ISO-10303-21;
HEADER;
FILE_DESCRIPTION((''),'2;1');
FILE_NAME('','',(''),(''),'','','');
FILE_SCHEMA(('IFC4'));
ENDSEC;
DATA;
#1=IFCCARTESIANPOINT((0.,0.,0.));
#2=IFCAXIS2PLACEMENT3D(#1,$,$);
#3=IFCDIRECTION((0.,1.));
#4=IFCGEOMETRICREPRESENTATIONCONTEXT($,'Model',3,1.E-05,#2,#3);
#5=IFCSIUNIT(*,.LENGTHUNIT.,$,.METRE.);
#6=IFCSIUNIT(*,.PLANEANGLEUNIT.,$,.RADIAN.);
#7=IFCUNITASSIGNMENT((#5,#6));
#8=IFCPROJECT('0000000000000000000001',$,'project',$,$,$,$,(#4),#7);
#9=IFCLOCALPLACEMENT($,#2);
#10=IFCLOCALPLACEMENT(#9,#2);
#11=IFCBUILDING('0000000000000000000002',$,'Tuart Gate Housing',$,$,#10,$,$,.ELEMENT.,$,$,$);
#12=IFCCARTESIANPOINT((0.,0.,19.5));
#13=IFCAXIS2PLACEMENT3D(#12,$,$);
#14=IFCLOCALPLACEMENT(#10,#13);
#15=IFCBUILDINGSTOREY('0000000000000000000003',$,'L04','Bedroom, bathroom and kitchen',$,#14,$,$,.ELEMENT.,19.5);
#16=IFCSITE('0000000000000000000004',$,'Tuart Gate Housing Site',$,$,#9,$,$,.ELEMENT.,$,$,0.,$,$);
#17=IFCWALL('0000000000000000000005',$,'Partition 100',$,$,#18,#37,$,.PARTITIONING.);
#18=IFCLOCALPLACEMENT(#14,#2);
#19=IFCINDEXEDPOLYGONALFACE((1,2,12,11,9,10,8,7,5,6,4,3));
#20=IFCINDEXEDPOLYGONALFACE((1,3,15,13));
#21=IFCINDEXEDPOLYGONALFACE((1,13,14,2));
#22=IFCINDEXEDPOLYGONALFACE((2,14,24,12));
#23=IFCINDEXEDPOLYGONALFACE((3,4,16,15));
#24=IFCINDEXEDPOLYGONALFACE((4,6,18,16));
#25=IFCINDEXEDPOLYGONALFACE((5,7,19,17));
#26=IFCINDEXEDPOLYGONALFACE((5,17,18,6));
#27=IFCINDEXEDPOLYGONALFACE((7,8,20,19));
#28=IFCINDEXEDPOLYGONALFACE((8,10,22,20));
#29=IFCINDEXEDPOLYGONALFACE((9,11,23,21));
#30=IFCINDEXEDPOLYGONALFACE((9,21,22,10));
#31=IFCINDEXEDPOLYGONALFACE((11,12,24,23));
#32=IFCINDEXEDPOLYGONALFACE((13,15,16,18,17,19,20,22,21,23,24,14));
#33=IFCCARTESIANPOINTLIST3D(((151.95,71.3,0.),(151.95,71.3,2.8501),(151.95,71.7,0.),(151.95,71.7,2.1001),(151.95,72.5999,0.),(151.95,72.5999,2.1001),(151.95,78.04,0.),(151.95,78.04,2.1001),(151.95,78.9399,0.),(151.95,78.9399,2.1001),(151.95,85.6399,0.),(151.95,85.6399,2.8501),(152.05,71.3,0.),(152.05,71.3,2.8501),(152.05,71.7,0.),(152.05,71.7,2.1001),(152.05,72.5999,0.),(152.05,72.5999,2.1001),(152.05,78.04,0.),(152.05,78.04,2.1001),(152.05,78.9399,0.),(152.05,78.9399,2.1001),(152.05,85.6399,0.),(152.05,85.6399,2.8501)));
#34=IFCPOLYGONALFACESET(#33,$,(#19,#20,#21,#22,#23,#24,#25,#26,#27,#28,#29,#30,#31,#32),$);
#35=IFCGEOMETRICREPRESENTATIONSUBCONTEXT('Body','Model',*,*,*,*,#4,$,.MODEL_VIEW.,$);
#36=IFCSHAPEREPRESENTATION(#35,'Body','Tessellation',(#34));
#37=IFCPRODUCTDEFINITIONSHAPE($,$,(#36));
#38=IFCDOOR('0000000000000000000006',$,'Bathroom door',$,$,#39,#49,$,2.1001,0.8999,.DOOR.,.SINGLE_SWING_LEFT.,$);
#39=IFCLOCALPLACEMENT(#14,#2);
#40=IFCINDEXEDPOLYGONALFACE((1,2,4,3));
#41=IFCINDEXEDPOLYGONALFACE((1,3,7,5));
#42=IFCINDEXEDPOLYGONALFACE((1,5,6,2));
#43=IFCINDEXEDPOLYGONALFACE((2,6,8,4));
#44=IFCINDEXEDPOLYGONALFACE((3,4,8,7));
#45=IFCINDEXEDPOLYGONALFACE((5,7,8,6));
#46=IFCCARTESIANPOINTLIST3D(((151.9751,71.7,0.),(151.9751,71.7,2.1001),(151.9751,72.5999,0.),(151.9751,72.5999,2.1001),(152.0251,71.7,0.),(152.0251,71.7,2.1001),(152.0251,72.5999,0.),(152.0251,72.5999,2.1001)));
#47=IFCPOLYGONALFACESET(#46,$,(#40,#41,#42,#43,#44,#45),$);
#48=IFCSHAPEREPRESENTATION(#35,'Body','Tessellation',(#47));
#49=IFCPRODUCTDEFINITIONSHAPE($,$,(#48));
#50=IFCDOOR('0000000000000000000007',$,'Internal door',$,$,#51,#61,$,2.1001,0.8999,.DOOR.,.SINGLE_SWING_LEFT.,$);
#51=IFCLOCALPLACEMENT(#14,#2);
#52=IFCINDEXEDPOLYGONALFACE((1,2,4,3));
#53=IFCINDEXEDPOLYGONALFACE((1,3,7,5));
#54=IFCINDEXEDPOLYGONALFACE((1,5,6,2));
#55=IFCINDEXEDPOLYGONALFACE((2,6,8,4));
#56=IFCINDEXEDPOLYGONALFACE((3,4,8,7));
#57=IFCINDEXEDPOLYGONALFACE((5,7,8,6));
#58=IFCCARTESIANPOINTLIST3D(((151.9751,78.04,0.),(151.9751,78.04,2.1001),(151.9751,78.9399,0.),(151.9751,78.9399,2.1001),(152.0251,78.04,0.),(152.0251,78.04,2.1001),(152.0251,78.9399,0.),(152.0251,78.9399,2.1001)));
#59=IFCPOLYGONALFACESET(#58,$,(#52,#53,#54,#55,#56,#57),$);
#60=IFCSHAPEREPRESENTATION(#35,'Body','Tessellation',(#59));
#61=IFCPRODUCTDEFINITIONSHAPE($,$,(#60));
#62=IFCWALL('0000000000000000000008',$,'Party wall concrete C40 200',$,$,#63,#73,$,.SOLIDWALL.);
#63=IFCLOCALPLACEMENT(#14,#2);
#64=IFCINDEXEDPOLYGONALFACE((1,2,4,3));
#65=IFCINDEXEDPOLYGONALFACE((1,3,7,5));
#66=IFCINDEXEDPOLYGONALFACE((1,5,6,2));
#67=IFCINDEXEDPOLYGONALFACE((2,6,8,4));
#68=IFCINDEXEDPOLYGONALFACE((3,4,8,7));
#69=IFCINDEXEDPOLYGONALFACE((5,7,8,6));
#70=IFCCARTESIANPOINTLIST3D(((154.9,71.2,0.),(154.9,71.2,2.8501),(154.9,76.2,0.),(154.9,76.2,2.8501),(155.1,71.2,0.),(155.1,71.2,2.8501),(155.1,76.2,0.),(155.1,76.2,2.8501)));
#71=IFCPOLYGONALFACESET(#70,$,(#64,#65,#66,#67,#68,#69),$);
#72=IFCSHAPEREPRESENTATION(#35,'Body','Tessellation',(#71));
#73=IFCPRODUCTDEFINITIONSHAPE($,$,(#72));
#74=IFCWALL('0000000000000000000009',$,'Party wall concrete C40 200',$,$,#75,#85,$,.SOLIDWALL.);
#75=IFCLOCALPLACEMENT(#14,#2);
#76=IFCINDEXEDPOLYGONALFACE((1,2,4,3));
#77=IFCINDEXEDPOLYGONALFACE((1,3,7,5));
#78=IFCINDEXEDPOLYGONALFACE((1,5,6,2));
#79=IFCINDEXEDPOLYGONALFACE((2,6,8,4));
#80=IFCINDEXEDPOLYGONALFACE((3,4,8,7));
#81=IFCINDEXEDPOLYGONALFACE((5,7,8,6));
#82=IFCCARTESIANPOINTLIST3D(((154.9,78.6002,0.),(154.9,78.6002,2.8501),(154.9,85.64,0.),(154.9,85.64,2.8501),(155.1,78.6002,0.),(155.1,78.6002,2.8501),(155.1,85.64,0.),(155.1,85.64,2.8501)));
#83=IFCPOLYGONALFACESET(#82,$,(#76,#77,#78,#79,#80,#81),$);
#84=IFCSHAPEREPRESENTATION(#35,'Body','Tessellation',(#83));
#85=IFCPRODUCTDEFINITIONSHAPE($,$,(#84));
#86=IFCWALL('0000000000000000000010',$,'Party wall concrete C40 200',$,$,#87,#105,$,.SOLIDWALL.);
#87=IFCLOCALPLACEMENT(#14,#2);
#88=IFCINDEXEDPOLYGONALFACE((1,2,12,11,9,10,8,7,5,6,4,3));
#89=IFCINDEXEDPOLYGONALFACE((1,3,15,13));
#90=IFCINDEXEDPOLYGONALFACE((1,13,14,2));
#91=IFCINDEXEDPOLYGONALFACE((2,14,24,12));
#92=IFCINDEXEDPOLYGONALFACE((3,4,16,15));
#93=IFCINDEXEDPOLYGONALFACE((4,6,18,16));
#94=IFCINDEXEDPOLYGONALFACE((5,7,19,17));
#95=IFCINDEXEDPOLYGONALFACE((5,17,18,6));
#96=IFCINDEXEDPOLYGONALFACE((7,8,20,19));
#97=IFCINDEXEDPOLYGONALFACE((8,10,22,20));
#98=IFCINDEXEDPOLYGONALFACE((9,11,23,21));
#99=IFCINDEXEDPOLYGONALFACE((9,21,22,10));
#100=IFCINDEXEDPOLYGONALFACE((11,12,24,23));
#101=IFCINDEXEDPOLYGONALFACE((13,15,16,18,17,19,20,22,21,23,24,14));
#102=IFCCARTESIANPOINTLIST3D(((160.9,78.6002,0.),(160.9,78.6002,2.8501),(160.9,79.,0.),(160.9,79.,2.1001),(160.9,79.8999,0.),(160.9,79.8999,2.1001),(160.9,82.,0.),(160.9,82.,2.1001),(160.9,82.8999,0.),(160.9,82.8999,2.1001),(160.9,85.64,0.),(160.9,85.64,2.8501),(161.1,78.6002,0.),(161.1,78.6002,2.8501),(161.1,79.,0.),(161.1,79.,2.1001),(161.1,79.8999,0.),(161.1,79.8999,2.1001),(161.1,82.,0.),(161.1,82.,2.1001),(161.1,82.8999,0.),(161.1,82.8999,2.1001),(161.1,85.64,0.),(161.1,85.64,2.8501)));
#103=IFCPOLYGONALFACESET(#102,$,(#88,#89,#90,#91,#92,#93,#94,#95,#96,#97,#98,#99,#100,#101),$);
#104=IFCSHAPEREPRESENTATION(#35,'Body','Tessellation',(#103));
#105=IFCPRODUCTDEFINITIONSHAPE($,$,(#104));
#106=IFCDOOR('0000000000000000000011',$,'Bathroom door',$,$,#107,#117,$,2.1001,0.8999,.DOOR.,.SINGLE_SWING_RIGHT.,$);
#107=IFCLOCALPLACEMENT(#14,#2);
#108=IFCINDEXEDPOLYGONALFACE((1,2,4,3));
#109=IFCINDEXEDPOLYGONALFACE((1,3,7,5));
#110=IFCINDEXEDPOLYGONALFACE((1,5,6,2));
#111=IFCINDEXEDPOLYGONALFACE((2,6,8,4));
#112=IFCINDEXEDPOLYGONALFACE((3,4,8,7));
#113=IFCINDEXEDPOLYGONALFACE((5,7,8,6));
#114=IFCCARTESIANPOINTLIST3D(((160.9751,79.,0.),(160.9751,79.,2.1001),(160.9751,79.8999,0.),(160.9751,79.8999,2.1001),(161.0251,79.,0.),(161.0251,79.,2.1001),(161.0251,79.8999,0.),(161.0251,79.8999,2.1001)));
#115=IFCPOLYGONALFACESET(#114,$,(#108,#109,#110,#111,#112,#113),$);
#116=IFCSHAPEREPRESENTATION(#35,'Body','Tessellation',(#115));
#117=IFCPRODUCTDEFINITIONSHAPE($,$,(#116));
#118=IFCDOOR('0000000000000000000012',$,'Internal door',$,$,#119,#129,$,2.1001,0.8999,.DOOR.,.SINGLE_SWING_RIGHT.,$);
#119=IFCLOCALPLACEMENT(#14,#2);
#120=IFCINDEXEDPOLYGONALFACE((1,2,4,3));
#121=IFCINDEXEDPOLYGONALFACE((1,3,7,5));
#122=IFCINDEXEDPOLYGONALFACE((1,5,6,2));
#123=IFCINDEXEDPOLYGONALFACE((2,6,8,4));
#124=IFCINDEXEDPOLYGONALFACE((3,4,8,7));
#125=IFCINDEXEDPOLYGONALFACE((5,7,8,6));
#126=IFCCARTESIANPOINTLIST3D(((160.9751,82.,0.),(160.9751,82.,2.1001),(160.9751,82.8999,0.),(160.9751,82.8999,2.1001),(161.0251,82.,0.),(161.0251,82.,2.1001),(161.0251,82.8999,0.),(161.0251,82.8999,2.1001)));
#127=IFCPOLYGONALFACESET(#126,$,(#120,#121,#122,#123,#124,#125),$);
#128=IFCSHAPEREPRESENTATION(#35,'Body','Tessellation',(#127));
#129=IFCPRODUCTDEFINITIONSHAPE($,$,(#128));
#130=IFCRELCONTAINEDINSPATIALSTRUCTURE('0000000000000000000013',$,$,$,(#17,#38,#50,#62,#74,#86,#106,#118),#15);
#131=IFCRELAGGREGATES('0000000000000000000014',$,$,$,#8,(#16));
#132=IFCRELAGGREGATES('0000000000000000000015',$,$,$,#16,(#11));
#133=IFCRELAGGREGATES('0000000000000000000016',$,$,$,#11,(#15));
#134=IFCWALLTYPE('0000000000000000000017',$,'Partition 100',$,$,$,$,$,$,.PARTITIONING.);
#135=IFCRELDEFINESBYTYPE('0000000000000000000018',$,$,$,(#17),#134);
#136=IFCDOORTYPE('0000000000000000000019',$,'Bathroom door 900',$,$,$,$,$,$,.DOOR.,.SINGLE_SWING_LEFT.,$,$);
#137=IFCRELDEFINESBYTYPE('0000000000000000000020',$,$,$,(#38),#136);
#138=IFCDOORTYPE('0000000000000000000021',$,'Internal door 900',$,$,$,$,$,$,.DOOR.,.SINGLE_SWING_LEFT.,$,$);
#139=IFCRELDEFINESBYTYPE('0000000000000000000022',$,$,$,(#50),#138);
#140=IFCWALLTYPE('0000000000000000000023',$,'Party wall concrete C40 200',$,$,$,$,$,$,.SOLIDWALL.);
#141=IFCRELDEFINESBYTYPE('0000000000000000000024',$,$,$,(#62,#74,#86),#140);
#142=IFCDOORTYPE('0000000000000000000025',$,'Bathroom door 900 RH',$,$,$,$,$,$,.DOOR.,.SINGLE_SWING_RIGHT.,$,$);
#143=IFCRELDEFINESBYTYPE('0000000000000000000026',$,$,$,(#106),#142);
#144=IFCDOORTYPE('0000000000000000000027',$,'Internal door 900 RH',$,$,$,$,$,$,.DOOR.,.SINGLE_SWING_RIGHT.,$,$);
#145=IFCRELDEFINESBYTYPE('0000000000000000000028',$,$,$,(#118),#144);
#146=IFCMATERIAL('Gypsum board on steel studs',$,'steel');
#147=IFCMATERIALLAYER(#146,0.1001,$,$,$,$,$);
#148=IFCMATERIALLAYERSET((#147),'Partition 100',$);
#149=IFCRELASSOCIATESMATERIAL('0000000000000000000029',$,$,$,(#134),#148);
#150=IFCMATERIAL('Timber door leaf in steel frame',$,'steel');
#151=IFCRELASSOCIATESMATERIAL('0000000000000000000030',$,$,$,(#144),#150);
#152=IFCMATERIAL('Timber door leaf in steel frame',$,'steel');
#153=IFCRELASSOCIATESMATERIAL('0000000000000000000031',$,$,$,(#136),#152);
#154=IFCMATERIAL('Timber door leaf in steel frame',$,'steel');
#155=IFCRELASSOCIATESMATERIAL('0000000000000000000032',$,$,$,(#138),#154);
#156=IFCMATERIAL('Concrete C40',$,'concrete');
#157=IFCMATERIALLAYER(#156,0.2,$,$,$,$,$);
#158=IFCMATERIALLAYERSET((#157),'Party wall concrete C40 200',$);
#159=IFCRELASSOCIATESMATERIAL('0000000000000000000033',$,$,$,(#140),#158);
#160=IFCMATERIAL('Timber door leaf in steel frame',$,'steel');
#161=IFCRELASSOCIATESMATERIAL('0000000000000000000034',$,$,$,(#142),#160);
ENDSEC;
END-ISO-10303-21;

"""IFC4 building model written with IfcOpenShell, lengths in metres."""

from ifc_helpers import new_model, si_unit, direction, frame, frame_2d, origin, place, context, subcontext, project, spatial, rectangle, extrude, material, layer, layer_set, type_object, element, fill, save


model = new_model("IFC4")

# Units and contexts
model_context = context("Model", 3, precision=1e-05, world=origin(), true_north=direction((0.0, 1.0)))
body_context = subcontext(model_context, "Body", "Model", "MODEL_VIEW")
ifc_project = project(units=[si_unit("LENGTHUNIT", "METRE"), si_unit("PLANEANGLEUNIT", "RADIAN")], contexts=[model_context])

# Site, building, storey
site_placement = place(None, origin())
site = spatial("IfcSite", under=ifc_project, at=site_placement, Name="Tuart Gate Housing Site", CompositionType="ELEMENT", RefElevation=0.0)
building_placement = place(site_placement, origin())
building = spatial("IfcBuilding", under=site, at=building_placement, Name="Tuart Gate Housing", CompositionType="ELEMENT")
storey_placement = place(building_placement, frame((0.0, 0.0, 19.5)))
storey = spatial("IfcBuildingStorey", under=building, at=storey_placement, Name="L04", Description="Bedroom, bathroom and kitchen", CompositionType="ELEMENT", Elevation=19.5)

# Shared definitions
ifc_material_1 = material(Name="Gypsum board on steel studs", Category="steel")
ifc_layer_1 = layer(ifc_material_1, 0.1001)
ifc_layer_set_1 = layer_set([ifc_layer_1], Name="Partition 100")
wall_type_1 = type_object("IfcWallType", Name="Partition 100", PredefinedType="PARTITIONING", material=ifc_layer_set_1)

# Shared definitions
ifc_material_2 = material(Name="Timber door leaf in steel frame", Category="steel")
door_type_1 = type_object("IfcDoorType", Name="Internal door 900 RH", OperationType="SINGLE_SWING_RIGHT", PredefinedType="DOOR", material=ifc_material_2)

# Wall, openings, doors
wall_1_placement = place(storey_placement, frame((152.0, 71.3, 0.0), z_axis=(0.0, 0.0, 1.0), x_axis=(0.0, 1.0, 0.0)))
wall_1 = element("IfcWall", 1, at=wall_1_placement, inside=storey, type_object=wall_type_1, Name="Partition 100", PredefinedType="PARTITIONING", context=body_context, shape_type="SweptSolid", body=[
    extrude(rectangle(XDim=14.3398, YDim=0.1001, at=frame_2d((7.1699, 0.0))), origin(), (0.0, 0.0, 1.0), 2.8501),
])
opening_1_placement = place(wall_1_placement, frame((6.74, 0.0, 0.0)))
opening_1 = element("IfcOpeningElement", 2, at=opening_1_placement, cuts=wall_1, PredefinedType="OPENING", context=body_context, shape_type="SweptSolid", body=[
    extrude(rectangle(XDim=0.8999, YDim=2.1001, at=frame_2d((0.45, 1.05))), frame((0.0, 0.0601, 0.0), z_axis=(0.0, -1.0, 0.0), x_axis=(1.0, 0.0, 0.0)), (0.0, 0.0, 1.0), 0.1201),
])
opening_2_placement = place(wall_1_placement, frame((0.3999, 0.0, 0.0)))
opening_2 = element("IfcOpeningElement", 3, at=opening_2_placement, cuts=wall_1, PredefinedType="OPENING", context=body_context, shape_type="SweptSolid", body=[
    extrude(rectangle(XDim=0.8999, YDim=2.1001, at=frame_2d((0.45, 1.05))), frame((0.0, 0.0601, 0.0), z_axis=(0.0, -1.0, 0.0), x_axis=(1.0, 0.0, 0.0)), (0.0, 0.0, 1.0), 0.1201),
])
ifc_material_3 = material(Name="Timber door leaf in steel frame", Category="steel")
door_type_2 = type_object("IfcDoorType", Name="Bathroom door 900", OperationType="SINGLE_SWING_LEFT", PredefinedType="DOOR", material=ifc_material_3)
door_1_placement = place(opening_2_placement, origin())
door_1 = element("IfcDoor", 4, at=door_1_placement, inside=storey, type_object=door_type_2, Name="Bathroom door", OperationType="SINGLE_SWING_LEFT", OverallHeight=2.1001, OverallWidth=0.8999, PredefinedType="DOOR", context=body_context, shape_type="SweptSolid", body=[
    extrude(rectangle(XDim=0.8999, YDim=2.1001, at=frame_2d((0.45, 1.05))), frame((0.0, 0.0249, 0.0), z_axis=(0.0, -1.0, 0.0), x_axis=(1.0, 0.0, 0.0)), (0.0, 0.0, 1.0), 0.05),
])
fill(opening_2, door_1)
ifc_material_4 = material(Name="Timber door leaf in steel frame", Category="steel")
door_type_3 = type_object("IfcDoorType", Name="Internal door 900", OperationType="SINGLE_SWING_LEFT", PredefinedType="DOOR", material=ifc_material_4)
door_2_placement = place(opening_1_placement, origin())
door_2 = element("IfcDoor", 5, at=door_2_placement, inside=storey, type_object=door_type_3, Name="Internal door", OperationType="SINGLE_SWING_LEFT", OverallHeight=2.1001, OverallWidth=0.8999, PredefinedType="DOOR", context=body_context, shape_type="SweptSolid", body=[
    extrude(rectangle(XDim=0.8999, YDim=2.1001, at=frame_2d((0.45, 1.05))), frame((0.0, 0.0249, 0.0), z_axis=(0.0, -1.0, 0.0), x_axis=(1.0, 0.0, 0.0)), (0.0, 0.0, 1.0), 0.05),
])
fill(opening_1, door_2)

# Walls
ifc_material_5 = material(Name="Concrete C40", Category="concrete")
ifc_layer_2 = layer(ifc_material_5, 0.2)
ifc_layer_set_2 = layer_set([ifc_layer_2], Name="Party wall concrete C40 200")
wall_type_2 = type_object("IfcWallType", Name="Party wall concrete C40 200", PredefinedType="SOLIDWALL", material=ifc_layer_set_2)
wall_2_placement = place(storey_placement, frame((155.0, 71.2, 0.0), z_axis=(0.0, 0.0, 1.0), x_axis=(0.0, 1.0, 0.0)))
element("IfcWall", 6, at=wall_2_placement, inside=storey, type_object=wall_type_2, Name="Party wall concrete C40 200", PredefinedType="SOLIDWALL", context=body_context, shape_type="SweptSolid", body=[
    extrude(rectangle(XDim=5.0, YDim=0.2, at=frame_2d((2.5, 0.0))), origin(), (0.0, 0.0, 1.0), 2.8501),
])
wall_3_placement = place(storey_placement, frame((155.0, 78.6001, 0.0), z_axis=(0.0, 0.0, 1.0), x_axis=(0.0, 1.0, 0.0)))
element("IfcWall", 7, at=wall_3_placement, inside=storey, type_object=wall_type_2, Name="Party wall concrete C40 200", PredefinedType="SOLIDWALL", context=body_context, shape_type="SweptSolid", body=[
    extrude(rectangle(XDim=7.0398, YDim=0.2, at=frame_2d((3.52, 0.0))), origin(), (0.0, 0.0, 1.0), 2.8501),
])

# Wall, openings, doors
wall_4_placement = place(storey_placement, frame((161.0, 78.6001, 0.0), z_axis=(0.0, 0.0, 1.0), x_axis=(0.0, 1.0, 0.0)))
wall_4 = element("IfcWall", 8, at=wall_4_placement, inside=storey, type_object=wall_type_2, Name="Party wall concrete C40 200", PredefinedType="SOLIDWALL", context=body_context, shape_type="SweptSolid", body=[
    extrude(rectangle(XDim=7.0398, YDim=0.2, at=frame_2d((3.52, 0.0))), origin(), (0.0, 0.0, 1.0), 2.8501),
])
opening_3_placement = place(wall_4_placement, frame((3.3999, 0.0, 0.0)))
opening_3 = element("IfcOpeningElement", 9, at=opening_3_placement, cuts=wall_4, PredefinedType="OPENING", context=body_context, shape_type="SweptSolid", body=[
    extrude(rectangle(XDim=0.8999, YDim=2.1001, at=frame_2d((0.45, 1.05))), frame((0.0, 0.1099, 0.0), z_axis=(0.0, -1.0, 0.0), x_axis=(1.0, 0.0, 0.0)), (0.0, 0.0, 1.0), 0.22),
])
opening_4_placement = place(wall_4_placement, frame((0.3999, 0.0, 0.0)))
opening_4 = element("IfcOpeningElement", 10, at=opening_4_placement, cuts=wall_4, PredefinedType="OPENING", context=body_context, shape_type="SweptSolid", body=[
    extrude(rectangle(XDim=0.8999, YDim=2.1001, at=frame_2d((0.45, 1.05))), frame((0.0, 0.1099, 0.0), z_axis=(0.0, -1.0, 0.0), x_axis=(1.0, 0.0, 0.0)), (0.0, 0.0, 1.0), 0.22),
])
ifc_material_6 = material(Name="Timber door leaf in steel frame", Category="steel")
door_type_4 = type_object("IfcDoorType", Name="Bathroom door 900 RH", OperationType="SINGLE_SWING_RIGHT", PredefinedType="DOOR", material=ifc_material_6)
door_3_placement = place(opening_4_placement, frame((0.8999, 0.0, 0.0), z_axis=(0.0, 0.0, 1.0), x_axis=(-1.0, 0.0, 0.0)))
door_3 = element("IfcDoor", 11, at=door_3_placement, inside=storey, type_object=door_type_4, Name="Bathroom door", OperationType="SINGLE_SWING_RIGHT", OverallHeight=2.1001, OverallWidth=0.8999, PredefinedType="DOOR", context=body_context, shape_type="SweptSolid", body=[
    extrude(rectangle(XDim=0.8999, YDim=2.1001, at=frame_2d((0.45, 1.05))), frame((0.0, 0.0251, 0.0), z_axis=(0.0, -1.0, 0.0), x_axis=(1.0, 0.0, 0.0)), (0.0, 0.0, 1.0), 0.05),
])
fill(opening_4, door_3)
door_4_placement = place(opening_3_placement, frame((0.8999, 0.0, 0.0), z_axis=(0.0, 0.0, 1.0), x_axis=(-1.0, 0.0, 0.0)))
door_4 = element("IfcDoor", 12, at=door_4_placement, inside=storey, type_object=door_type_1, Name="Internal door", OperationType="SINGLE_SWING_RIGHT", OverallHeight=2.1001, OverallWidth=0.8999, PredefinedType="DOOR", context=body_context, shape_type="SweptSolid", body=[
    extrude(rectangle(XDim=0.8999, YDim=2.1001, at=frame_2d((0.45, 1.05))), frame((0.0, 0.0251, 0.0), z_axis=(0.0, -1.0, 0.0), x_axis=(1.0, 0.0, 0.0)), (0.0, 0.0, 1.0), 0.05),
])
fill(opening_3, door_4)

save(model, "model.ifc")
